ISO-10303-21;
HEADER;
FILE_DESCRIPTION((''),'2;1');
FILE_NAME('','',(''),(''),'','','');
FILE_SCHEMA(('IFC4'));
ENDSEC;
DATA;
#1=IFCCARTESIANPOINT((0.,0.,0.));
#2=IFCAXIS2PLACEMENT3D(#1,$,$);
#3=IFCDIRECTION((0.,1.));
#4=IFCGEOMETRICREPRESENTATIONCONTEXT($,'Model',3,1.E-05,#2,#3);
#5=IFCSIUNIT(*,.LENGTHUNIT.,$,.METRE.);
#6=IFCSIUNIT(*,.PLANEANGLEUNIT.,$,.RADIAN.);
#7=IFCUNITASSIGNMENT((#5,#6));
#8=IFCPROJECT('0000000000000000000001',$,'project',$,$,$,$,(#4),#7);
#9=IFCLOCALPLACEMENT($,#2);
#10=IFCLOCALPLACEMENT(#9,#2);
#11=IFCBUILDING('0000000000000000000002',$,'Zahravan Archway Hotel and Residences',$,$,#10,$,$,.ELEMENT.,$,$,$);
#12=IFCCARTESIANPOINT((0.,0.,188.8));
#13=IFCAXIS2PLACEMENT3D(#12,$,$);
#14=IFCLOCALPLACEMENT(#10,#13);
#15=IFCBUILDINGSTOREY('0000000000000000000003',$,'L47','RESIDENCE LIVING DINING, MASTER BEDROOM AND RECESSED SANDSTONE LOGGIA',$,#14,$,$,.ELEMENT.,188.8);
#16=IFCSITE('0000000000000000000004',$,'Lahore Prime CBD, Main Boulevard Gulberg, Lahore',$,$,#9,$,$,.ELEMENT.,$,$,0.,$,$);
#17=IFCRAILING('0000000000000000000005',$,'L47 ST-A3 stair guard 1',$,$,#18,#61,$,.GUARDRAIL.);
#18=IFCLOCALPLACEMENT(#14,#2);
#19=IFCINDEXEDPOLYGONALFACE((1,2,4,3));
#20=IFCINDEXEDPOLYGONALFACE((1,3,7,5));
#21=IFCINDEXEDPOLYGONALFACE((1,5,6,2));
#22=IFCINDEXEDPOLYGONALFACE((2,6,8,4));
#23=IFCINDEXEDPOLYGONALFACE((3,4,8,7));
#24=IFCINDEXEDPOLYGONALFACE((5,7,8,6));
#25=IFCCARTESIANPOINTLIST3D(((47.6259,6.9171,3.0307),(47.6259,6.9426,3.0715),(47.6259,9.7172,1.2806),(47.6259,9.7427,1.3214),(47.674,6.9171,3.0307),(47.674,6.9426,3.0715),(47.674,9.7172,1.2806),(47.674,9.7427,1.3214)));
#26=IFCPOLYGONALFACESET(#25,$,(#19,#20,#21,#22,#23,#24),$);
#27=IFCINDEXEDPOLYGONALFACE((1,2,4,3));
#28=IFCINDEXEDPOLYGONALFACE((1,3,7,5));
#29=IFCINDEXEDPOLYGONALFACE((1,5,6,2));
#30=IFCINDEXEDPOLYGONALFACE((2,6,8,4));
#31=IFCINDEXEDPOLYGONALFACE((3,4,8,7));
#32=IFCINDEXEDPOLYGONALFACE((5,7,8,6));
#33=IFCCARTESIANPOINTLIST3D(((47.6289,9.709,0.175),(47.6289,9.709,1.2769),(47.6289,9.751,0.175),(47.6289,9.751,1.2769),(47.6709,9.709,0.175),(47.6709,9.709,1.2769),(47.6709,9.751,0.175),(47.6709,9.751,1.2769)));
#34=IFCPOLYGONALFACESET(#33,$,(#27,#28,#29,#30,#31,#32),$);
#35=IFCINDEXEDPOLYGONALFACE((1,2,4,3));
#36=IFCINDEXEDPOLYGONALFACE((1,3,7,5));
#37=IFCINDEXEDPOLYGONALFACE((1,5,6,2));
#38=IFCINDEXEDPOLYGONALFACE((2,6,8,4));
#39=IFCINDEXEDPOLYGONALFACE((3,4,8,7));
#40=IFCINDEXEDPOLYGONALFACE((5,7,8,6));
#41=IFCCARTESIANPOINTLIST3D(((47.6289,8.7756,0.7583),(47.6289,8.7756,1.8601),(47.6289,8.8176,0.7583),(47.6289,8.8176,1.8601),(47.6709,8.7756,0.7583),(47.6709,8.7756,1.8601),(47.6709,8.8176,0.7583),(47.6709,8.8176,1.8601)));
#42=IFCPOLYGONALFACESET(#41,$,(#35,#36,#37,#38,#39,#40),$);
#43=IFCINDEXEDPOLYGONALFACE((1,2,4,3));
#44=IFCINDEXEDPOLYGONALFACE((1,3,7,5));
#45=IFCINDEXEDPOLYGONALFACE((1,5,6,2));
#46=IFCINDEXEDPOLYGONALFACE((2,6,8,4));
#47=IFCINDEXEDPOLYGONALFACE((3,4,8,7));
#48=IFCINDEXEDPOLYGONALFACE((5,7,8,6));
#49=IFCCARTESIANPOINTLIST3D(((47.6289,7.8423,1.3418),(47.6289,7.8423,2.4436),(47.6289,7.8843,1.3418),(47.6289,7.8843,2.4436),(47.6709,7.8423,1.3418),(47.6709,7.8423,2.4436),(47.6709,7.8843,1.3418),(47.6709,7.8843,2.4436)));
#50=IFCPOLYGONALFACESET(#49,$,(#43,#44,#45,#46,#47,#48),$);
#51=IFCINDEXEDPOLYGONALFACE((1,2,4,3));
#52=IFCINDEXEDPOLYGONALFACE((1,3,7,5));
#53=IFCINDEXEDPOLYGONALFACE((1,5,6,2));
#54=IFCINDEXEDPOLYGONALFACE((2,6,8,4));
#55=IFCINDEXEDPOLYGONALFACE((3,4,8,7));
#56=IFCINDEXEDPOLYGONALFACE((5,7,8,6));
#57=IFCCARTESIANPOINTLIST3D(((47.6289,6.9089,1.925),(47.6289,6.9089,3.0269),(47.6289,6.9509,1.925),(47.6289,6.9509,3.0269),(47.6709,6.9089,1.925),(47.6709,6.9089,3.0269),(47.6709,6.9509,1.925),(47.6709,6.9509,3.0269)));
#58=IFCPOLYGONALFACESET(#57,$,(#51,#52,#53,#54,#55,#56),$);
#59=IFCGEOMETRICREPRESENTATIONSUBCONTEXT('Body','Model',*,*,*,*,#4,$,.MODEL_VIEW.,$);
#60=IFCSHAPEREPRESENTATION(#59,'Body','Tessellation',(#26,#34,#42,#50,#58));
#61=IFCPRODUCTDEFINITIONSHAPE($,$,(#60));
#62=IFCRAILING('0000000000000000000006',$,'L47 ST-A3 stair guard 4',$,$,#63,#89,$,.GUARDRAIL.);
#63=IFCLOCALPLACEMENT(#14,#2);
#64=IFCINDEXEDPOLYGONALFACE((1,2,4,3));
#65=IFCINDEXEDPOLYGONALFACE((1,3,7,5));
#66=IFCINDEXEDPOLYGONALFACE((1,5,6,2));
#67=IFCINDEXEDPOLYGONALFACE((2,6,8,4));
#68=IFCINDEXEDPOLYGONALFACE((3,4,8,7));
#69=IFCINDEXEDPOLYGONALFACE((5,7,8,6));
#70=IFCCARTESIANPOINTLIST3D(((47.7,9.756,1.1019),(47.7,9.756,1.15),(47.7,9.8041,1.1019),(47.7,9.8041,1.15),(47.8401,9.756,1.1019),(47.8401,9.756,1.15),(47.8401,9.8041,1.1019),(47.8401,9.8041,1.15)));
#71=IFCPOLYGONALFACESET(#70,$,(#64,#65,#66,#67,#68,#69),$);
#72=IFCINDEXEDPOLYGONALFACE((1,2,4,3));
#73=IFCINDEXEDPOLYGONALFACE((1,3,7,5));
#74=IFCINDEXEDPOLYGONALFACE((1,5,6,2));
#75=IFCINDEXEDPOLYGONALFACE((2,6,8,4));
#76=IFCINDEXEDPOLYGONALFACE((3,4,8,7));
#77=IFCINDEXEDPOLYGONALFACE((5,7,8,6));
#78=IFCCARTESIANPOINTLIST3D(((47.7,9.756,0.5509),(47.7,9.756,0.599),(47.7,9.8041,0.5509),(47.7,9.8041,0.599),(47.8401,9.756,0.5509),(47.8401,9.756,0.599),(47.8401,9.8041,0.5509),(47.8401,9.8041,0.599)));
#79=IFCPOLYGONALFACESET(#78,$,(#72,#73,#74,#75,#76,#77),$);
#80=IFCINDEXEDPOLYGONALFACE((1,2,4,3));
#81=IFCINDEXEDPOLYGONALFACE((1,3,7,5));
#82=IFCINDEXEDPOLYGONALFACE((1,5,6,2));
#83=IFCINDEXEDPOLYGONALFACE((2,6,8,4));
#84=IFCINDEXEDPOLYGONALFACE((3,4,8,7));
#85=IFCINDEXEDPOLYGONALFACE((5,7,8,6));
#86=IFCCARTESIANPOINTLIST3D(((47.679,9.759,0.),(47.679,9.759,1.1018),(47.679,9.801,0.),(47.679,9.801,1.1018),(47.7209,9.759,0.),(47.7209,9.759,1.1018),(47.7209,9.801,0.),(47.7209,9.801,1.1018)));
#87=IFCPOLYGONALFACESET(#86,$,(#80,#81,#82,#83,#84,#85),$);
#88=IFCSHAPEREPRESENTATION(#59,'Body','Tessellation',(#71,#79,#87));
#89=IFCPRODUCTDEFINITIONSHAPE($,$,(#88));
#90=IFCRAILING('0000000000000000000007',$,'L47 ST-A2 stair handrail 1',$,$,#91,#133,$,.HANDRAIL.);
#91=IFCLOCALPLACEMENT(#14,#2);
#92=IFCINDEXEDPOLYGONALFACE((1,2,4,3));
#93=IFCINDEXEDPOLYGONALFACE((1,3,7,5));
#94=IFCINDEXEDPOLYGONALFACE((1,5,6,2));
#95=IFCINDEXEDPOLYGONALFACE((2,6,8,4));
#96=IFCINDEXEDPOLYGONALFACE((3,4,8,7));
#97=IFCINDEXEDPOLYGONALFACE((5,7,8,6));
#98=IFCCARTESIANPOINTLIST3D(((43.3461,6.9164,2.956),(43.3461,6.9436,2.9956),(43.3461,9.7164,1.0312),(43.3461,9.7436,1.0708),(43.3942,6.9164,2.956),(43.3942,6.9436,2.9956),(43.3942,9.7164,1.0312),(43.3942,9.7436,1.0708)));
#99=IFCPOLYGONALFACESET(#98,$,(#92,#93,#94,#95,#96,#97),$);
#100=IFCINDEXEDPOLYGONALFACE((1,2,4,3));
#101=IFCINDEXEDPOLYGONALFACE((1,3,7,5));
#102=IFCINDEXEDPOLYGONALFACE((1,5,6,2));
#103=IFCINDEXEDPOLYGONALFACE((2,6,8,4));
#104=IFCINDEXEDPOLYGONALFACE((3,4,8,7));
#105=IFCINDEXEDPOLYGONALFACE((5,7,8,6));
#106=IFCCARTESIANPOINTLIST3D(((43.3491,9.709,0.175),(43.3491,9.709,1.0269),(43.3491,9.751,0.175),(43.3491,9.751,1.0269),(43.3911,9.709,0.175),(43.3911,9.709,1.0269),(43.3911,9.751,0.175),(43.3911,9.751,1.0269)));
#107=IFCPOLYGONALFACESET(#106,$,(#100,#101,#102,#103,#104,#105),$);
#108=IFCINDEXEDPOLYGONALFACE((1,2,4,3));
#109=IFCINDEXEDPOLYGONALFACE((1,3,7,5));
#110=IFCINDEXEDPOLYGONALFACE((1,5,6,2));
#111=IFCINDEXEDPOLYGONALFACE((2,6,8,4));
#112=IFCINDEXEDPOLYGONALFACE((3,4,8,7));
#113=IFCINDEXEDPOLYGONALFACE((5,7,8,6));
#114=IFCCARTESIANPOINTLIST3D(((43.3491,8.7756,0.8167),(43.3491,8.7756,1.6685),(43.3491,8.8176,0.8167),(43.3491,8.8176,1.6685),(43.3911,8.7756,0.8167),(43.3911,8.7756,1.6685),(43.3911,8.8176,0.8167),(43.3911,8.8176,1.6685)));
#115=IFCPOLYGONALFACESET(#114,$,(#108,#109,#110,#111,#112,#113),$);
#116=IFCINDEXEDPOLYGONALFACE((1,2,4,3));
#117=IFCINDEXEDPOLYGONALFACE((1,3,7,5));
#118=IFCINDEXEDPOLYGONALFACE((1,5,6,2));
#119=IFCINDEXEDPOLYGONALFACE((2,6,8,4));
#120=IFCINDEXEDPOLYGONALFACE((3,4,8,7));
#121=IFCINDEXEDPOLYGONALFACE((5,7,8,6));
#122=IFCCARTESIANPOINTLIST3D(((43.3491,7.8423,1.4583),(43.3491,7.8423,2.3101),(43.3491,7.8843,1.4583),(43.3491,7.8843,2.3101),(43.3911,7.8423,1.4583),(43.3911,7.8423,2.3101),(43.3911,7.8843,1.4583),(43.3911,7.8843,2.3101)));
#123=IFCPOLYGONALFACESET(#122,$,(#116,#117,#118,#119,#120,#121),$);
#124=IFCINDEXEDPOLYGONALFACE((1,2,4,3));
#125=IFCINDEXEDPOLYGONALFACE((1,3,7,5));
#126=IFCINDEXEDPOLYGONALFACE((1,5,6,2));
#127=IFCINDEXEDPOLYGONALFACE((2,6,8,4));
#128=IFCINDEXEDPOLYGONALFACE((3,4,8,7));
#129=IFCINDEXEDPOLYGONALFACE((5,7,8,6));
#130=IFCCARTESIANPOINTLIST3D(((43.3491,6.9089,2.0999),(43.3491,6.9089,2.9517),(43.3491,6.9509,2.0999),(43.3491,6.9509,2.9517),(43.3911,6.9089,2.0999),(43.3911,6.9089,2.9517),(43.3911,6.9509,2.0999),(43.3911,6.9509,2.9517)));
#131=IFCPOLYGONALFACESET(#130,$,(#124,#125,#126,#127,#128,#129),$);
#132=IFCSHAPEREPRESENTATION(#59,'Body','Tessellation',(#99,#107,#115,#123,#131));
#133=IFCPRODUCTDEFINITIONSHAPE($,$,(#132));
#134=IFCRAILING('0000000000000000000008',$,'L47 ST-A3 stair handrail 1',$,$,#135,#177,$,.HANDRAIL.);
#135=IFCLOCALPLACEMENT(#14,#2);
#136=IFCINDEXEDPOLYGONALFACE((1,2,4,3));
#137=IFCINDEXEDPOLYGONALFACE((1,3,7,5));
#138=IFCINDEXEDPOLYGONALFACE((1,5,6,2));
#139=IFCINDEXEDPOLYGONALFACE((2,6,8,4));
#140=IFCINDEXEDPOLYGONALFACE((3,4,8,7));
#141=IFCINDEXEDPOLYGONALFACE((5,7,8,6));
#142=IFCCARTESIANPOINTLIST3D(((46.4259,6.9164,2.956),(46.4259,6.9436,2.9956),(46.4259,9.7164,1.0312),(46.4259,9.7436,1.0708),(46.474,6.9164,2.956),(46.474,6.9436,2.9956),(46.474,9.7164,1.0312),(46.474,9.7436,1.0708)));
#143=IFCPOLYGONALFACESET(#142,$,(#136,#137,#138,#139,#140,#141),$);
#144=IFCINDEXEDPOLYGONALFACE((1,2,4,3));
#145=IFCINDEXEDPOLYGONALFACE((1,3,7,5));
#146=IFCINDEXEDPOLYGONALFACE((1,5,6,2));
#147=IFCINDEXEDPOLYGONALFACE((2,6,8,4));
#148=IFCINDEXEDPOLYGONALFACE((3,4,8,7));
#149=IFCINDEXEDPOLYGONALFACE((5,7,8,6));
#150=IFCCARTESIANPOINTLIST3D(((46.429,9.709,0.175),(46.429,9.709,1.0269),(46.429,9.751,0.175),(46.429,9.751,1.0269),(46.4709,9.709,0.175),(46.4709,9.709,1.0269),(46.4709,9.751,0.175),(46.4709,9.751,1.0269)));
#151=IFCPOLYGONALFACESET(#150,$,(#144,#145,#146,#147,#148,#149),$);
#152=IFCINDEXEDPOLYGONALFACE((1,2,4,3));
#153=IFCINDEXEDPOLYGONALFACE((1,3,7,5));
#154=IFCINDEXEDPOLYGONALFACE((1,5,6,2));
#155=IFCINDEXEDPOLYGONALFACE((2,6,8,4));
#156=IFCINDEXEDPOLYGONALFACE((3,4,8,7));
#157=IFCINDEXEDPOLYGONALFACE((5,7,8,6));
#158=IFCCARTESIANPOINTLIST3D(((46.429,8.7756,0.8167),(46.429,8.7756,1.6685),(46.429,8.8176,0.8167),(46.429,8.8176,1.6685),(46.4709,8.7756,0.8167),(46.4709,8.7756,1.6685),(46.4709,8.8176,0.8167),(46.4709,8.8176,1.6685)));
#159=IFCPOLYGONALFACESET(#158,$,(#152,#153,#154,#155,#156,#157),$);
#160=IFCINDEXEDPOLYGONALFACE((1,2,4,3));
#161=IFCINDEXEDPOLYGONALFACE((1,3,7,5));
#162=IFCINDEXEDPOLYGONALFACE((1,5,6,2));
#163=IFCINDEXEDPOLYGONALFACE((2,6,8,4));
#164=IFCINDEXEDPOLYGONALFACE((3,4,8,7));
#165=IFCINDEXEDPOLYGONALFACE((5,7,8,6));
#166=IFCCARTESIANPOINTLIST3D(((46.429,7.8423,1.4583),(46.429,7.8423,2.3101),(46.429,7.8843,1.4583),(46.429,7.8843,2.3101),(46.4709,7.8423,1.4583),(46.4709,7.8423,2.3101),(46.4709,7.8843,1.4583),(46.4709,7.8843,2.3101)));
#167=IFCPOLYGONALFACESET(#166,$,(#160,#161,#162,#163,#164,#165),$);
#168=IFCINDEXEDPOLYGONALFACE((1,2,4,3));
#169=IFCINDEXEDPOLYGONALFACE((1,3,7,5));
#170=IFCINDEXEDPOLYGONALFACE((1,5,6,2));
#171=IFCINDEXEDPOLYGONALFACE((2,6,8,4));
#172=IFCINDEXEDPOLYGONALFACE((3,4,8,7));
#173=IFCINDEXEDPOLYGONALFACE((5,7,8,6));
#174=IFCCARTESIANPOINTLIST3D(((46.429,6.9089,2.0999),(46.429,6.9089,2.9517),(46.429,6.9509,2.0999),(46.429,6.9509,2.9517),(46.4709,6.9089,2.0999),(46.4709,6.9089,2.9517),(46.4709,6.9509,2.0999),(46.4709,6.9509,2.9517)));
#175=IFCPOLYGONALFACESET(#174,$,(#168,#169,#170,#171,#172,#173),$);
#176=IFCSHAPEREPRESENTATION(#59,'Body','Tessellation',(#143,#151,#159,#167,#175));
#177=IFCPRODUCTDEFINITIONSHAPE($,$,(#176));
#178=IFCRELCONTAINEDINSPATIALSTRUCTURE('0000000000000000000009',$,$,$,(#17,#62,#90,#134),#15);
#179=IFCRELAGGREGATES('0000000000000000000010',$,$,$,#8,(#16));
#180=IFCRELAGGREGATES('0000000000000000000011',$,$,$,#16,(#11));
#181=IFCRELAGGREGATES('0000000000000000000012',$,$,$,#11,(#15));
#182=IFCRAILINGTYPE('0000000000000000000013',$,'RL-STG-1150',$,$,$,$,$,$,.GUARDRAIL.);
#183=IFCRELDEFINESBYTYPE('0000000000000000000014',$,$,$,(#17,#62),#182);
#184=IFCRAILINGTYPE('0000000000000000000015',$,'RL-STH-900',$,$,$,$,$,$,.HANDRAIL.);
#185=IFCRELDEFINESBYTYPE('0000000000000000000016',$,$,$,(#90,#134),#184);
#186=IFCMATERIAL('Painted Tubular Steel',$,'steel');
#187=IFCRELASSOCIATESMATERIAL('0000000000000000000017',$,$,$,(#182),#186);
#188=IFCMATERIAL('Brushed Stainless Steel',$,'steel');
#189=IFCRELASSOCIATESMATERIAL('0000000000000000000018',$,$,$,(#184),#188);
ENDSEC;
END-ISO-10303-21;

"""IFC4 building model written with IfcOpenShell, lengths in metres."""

from ifc_helpers import new_model, si_unit, direction, frame, origin, origin_2d, place, context, subcontext, project, spatial, rectangle, extrude, material, type_object, element, save


model = new_model("IFC4")

# Units and contexts
model_context = context("Model", 3, precision=1e-05, world=origin(), true_north=direction((0.0, 1.0)))
body_context = subcontext(model_context, "Body", "Model", "MODEL_VIEW")
ifc_project = project(units=[si_unit("LENGTHUNIT", "METRE"), si_unit("PLANEANGLEUNIT", "RADIAN")], contexts=[model_context])

# Site, building, storey
site_placement = place(None, origin())
site = spatial("IfcSite", under=ifc_project, at=site_placement, Name="Lahore Prime CBD, Main Boulevard Gulberg, Lahore", CompositionType="ELEMENT", RefElevation=0.0)
building_placement = place(site_placement, origin())
building = spatial("IfcBuilding", under=site, at=building_placement, Name="Zahravan Archway Hotel and Residences", CompositionType="ELEMENT")
storey_placement = place(building_placement, frame((0.0, 0.0, 188.8)))
storey = spatial("IfcBuildingStorey", under=building, at=storey_placement, Name="L47", Description="RESIDENCE LIVING DINING, MASTER BEDROOM AND RECESSED SANDSTONE LOGGIA", CompositionType="ELEMENT", Elevation=188.8)

# Shared definitions
ifc_material_1 = material(Name="Brushed Stainless Steel", Category="steel")

# Railings
ifc_material_2 = material(Name="Painted Tubular Steel", Category="steel")
railing_type_1 = type_object("IfcRailingType", Name="RL-STG-1150", PredefinedType="GUARDRAIL", material=ifc_material_2)
railing_1_placement = place(storey_placement, frame((47.6499, 9.73, 0.175)))
element("IfcRailing", 1, at=railing_1_placement, inside=storey, type_object=railing_type_1, Name="L47 ST-A3 stair guard 1", PredefinedType="GUARDRAIL", context=body_context, shape_type="SweptSolid", body=[
    extrude(rectangle(XDim=0.0481, YDim=0.0481, at=origin_2d()), frame((0.0, 0.0, 1.126), z_axis=(0.0, -0.848002, 0.529992), x_axis=(1.0, 0.0, 0.0)), (0.0, 0.0, 1.0), 3.302),
    extrude(rectangle(XDim=0.042, YDim=0.042, at=origin_2d()), origin(), (0.0, 0.0, 1.0), 1.1018),
    extrude(rectangle(XDim=0.042, YDim=0.042, at=origin_2d()), frame((0.0, -0.9333, 0.5833)), (0.0, 0.0, 1.0), 1.1018),
    extrude(rectangle(XDim=0.042, YDim=0.042, at=origin_2d()), frame((0.0, -1.8667, 1.1667)), (0.0, 0.0, 1.0), 1.1018),
    extrude(rectangle(XDim=0.042, YDim=0.042, at=origin_2d()), frame((0.0, -2.8, 1.75)), (0.0, 0.0, 1.0), 1.1018),
])
railing_2_placement = place(storey_placement, frame((47.7, 9.78, 0.0)))
element("IfcRailing", 2, at=railing_2_placement, inside=storey, type_object=railing_type_1, Name="L47 ST-A3 stair guard 4", PredefinedType="GUARDRAIL", context=body_context, shape_type="SweptSolid", body=[
    extrude(rectangle(XDim=0.0481, YDim=0.0481, at=origin_2d()), frame((0.0, 0.0, 1.126), z_axis=(1.0, 0.0, 0.0), x_axis=(0.0, 1.0, 0.0)), (0.0, 0.0, 1.0), 0.1401),
    extrude(rectangle(XDim=0.0481, YDim=0.0481, at=origin_2d()), frame((0.0, 0.0, 0.575), z_axis=(1.0, 0.0, 0.0), x_axis=(0.0, 1.0, 0.0)), (0.0, 0.0, 1.0), 0.1401),
    extrude(rectangle(XDim=0.042, YDim=0.042, at=origin_2d()), origin(), (0.0, 0.0, 1.0), 1.1018),
])
railing_type_2 = type_object("IfcRailingType", Name="RL-STH-900", PredefinedType="HANDRAIL", material=ifc_material_1)
for number, where, name in (
    (3, (43.3701, 9.73, 0.175), "L47 ST-A2 stair handrail 1"),
    (4, (46.45, 9.73, 0.175), "L47 ST-A3 stair handrail 1"),
):
    element("IfcRailing", number, at=place(storey_placement, frame(where)), inside=storey, type_object=railing_type_2, Name=name, PredefinedType="HANDRAIL", context=body_context, shape_type="SweptSolid", body=[
        extrude(rectangle(XDim=0.0481, YDim=0.0481, at=origin_2d()), frame((0.0, 0.0, 0.876), z_axis=(0.0, -0.824073, 0.566483), x_axis=(1.0, 0.0, 0.0)), (0.0, 0.0, 1.0), 3.3977),
        extrude(rectangle(XDim=0.042, YDim=0.042, at=origin_2d()), origin(), (0.0, 0.0, 1.0), 0.8518),
        extrude(rectangle(XDim=0.042, YDim=0.042, at=origin_2d()), frame((0.0, -0.9333, 0.6416)), (0.0, 0.0, 1.0), 0.8518),
        extrude(rectangle(XDim=0.042, YDim=0.042, at=origin_2d()), frame((0.0, -1.8667, 1.2832)), (0.0, 0.0, 1.0), 0.8518),
        extrude(rectangle(XDim=0.042, YDim=0.042, at=origin_2d()), frame((0.0, -2.8, 1.9248)), (0.0, 0.0, 1.0), 0.8518),
    ])

save(model, "model.ifc")
